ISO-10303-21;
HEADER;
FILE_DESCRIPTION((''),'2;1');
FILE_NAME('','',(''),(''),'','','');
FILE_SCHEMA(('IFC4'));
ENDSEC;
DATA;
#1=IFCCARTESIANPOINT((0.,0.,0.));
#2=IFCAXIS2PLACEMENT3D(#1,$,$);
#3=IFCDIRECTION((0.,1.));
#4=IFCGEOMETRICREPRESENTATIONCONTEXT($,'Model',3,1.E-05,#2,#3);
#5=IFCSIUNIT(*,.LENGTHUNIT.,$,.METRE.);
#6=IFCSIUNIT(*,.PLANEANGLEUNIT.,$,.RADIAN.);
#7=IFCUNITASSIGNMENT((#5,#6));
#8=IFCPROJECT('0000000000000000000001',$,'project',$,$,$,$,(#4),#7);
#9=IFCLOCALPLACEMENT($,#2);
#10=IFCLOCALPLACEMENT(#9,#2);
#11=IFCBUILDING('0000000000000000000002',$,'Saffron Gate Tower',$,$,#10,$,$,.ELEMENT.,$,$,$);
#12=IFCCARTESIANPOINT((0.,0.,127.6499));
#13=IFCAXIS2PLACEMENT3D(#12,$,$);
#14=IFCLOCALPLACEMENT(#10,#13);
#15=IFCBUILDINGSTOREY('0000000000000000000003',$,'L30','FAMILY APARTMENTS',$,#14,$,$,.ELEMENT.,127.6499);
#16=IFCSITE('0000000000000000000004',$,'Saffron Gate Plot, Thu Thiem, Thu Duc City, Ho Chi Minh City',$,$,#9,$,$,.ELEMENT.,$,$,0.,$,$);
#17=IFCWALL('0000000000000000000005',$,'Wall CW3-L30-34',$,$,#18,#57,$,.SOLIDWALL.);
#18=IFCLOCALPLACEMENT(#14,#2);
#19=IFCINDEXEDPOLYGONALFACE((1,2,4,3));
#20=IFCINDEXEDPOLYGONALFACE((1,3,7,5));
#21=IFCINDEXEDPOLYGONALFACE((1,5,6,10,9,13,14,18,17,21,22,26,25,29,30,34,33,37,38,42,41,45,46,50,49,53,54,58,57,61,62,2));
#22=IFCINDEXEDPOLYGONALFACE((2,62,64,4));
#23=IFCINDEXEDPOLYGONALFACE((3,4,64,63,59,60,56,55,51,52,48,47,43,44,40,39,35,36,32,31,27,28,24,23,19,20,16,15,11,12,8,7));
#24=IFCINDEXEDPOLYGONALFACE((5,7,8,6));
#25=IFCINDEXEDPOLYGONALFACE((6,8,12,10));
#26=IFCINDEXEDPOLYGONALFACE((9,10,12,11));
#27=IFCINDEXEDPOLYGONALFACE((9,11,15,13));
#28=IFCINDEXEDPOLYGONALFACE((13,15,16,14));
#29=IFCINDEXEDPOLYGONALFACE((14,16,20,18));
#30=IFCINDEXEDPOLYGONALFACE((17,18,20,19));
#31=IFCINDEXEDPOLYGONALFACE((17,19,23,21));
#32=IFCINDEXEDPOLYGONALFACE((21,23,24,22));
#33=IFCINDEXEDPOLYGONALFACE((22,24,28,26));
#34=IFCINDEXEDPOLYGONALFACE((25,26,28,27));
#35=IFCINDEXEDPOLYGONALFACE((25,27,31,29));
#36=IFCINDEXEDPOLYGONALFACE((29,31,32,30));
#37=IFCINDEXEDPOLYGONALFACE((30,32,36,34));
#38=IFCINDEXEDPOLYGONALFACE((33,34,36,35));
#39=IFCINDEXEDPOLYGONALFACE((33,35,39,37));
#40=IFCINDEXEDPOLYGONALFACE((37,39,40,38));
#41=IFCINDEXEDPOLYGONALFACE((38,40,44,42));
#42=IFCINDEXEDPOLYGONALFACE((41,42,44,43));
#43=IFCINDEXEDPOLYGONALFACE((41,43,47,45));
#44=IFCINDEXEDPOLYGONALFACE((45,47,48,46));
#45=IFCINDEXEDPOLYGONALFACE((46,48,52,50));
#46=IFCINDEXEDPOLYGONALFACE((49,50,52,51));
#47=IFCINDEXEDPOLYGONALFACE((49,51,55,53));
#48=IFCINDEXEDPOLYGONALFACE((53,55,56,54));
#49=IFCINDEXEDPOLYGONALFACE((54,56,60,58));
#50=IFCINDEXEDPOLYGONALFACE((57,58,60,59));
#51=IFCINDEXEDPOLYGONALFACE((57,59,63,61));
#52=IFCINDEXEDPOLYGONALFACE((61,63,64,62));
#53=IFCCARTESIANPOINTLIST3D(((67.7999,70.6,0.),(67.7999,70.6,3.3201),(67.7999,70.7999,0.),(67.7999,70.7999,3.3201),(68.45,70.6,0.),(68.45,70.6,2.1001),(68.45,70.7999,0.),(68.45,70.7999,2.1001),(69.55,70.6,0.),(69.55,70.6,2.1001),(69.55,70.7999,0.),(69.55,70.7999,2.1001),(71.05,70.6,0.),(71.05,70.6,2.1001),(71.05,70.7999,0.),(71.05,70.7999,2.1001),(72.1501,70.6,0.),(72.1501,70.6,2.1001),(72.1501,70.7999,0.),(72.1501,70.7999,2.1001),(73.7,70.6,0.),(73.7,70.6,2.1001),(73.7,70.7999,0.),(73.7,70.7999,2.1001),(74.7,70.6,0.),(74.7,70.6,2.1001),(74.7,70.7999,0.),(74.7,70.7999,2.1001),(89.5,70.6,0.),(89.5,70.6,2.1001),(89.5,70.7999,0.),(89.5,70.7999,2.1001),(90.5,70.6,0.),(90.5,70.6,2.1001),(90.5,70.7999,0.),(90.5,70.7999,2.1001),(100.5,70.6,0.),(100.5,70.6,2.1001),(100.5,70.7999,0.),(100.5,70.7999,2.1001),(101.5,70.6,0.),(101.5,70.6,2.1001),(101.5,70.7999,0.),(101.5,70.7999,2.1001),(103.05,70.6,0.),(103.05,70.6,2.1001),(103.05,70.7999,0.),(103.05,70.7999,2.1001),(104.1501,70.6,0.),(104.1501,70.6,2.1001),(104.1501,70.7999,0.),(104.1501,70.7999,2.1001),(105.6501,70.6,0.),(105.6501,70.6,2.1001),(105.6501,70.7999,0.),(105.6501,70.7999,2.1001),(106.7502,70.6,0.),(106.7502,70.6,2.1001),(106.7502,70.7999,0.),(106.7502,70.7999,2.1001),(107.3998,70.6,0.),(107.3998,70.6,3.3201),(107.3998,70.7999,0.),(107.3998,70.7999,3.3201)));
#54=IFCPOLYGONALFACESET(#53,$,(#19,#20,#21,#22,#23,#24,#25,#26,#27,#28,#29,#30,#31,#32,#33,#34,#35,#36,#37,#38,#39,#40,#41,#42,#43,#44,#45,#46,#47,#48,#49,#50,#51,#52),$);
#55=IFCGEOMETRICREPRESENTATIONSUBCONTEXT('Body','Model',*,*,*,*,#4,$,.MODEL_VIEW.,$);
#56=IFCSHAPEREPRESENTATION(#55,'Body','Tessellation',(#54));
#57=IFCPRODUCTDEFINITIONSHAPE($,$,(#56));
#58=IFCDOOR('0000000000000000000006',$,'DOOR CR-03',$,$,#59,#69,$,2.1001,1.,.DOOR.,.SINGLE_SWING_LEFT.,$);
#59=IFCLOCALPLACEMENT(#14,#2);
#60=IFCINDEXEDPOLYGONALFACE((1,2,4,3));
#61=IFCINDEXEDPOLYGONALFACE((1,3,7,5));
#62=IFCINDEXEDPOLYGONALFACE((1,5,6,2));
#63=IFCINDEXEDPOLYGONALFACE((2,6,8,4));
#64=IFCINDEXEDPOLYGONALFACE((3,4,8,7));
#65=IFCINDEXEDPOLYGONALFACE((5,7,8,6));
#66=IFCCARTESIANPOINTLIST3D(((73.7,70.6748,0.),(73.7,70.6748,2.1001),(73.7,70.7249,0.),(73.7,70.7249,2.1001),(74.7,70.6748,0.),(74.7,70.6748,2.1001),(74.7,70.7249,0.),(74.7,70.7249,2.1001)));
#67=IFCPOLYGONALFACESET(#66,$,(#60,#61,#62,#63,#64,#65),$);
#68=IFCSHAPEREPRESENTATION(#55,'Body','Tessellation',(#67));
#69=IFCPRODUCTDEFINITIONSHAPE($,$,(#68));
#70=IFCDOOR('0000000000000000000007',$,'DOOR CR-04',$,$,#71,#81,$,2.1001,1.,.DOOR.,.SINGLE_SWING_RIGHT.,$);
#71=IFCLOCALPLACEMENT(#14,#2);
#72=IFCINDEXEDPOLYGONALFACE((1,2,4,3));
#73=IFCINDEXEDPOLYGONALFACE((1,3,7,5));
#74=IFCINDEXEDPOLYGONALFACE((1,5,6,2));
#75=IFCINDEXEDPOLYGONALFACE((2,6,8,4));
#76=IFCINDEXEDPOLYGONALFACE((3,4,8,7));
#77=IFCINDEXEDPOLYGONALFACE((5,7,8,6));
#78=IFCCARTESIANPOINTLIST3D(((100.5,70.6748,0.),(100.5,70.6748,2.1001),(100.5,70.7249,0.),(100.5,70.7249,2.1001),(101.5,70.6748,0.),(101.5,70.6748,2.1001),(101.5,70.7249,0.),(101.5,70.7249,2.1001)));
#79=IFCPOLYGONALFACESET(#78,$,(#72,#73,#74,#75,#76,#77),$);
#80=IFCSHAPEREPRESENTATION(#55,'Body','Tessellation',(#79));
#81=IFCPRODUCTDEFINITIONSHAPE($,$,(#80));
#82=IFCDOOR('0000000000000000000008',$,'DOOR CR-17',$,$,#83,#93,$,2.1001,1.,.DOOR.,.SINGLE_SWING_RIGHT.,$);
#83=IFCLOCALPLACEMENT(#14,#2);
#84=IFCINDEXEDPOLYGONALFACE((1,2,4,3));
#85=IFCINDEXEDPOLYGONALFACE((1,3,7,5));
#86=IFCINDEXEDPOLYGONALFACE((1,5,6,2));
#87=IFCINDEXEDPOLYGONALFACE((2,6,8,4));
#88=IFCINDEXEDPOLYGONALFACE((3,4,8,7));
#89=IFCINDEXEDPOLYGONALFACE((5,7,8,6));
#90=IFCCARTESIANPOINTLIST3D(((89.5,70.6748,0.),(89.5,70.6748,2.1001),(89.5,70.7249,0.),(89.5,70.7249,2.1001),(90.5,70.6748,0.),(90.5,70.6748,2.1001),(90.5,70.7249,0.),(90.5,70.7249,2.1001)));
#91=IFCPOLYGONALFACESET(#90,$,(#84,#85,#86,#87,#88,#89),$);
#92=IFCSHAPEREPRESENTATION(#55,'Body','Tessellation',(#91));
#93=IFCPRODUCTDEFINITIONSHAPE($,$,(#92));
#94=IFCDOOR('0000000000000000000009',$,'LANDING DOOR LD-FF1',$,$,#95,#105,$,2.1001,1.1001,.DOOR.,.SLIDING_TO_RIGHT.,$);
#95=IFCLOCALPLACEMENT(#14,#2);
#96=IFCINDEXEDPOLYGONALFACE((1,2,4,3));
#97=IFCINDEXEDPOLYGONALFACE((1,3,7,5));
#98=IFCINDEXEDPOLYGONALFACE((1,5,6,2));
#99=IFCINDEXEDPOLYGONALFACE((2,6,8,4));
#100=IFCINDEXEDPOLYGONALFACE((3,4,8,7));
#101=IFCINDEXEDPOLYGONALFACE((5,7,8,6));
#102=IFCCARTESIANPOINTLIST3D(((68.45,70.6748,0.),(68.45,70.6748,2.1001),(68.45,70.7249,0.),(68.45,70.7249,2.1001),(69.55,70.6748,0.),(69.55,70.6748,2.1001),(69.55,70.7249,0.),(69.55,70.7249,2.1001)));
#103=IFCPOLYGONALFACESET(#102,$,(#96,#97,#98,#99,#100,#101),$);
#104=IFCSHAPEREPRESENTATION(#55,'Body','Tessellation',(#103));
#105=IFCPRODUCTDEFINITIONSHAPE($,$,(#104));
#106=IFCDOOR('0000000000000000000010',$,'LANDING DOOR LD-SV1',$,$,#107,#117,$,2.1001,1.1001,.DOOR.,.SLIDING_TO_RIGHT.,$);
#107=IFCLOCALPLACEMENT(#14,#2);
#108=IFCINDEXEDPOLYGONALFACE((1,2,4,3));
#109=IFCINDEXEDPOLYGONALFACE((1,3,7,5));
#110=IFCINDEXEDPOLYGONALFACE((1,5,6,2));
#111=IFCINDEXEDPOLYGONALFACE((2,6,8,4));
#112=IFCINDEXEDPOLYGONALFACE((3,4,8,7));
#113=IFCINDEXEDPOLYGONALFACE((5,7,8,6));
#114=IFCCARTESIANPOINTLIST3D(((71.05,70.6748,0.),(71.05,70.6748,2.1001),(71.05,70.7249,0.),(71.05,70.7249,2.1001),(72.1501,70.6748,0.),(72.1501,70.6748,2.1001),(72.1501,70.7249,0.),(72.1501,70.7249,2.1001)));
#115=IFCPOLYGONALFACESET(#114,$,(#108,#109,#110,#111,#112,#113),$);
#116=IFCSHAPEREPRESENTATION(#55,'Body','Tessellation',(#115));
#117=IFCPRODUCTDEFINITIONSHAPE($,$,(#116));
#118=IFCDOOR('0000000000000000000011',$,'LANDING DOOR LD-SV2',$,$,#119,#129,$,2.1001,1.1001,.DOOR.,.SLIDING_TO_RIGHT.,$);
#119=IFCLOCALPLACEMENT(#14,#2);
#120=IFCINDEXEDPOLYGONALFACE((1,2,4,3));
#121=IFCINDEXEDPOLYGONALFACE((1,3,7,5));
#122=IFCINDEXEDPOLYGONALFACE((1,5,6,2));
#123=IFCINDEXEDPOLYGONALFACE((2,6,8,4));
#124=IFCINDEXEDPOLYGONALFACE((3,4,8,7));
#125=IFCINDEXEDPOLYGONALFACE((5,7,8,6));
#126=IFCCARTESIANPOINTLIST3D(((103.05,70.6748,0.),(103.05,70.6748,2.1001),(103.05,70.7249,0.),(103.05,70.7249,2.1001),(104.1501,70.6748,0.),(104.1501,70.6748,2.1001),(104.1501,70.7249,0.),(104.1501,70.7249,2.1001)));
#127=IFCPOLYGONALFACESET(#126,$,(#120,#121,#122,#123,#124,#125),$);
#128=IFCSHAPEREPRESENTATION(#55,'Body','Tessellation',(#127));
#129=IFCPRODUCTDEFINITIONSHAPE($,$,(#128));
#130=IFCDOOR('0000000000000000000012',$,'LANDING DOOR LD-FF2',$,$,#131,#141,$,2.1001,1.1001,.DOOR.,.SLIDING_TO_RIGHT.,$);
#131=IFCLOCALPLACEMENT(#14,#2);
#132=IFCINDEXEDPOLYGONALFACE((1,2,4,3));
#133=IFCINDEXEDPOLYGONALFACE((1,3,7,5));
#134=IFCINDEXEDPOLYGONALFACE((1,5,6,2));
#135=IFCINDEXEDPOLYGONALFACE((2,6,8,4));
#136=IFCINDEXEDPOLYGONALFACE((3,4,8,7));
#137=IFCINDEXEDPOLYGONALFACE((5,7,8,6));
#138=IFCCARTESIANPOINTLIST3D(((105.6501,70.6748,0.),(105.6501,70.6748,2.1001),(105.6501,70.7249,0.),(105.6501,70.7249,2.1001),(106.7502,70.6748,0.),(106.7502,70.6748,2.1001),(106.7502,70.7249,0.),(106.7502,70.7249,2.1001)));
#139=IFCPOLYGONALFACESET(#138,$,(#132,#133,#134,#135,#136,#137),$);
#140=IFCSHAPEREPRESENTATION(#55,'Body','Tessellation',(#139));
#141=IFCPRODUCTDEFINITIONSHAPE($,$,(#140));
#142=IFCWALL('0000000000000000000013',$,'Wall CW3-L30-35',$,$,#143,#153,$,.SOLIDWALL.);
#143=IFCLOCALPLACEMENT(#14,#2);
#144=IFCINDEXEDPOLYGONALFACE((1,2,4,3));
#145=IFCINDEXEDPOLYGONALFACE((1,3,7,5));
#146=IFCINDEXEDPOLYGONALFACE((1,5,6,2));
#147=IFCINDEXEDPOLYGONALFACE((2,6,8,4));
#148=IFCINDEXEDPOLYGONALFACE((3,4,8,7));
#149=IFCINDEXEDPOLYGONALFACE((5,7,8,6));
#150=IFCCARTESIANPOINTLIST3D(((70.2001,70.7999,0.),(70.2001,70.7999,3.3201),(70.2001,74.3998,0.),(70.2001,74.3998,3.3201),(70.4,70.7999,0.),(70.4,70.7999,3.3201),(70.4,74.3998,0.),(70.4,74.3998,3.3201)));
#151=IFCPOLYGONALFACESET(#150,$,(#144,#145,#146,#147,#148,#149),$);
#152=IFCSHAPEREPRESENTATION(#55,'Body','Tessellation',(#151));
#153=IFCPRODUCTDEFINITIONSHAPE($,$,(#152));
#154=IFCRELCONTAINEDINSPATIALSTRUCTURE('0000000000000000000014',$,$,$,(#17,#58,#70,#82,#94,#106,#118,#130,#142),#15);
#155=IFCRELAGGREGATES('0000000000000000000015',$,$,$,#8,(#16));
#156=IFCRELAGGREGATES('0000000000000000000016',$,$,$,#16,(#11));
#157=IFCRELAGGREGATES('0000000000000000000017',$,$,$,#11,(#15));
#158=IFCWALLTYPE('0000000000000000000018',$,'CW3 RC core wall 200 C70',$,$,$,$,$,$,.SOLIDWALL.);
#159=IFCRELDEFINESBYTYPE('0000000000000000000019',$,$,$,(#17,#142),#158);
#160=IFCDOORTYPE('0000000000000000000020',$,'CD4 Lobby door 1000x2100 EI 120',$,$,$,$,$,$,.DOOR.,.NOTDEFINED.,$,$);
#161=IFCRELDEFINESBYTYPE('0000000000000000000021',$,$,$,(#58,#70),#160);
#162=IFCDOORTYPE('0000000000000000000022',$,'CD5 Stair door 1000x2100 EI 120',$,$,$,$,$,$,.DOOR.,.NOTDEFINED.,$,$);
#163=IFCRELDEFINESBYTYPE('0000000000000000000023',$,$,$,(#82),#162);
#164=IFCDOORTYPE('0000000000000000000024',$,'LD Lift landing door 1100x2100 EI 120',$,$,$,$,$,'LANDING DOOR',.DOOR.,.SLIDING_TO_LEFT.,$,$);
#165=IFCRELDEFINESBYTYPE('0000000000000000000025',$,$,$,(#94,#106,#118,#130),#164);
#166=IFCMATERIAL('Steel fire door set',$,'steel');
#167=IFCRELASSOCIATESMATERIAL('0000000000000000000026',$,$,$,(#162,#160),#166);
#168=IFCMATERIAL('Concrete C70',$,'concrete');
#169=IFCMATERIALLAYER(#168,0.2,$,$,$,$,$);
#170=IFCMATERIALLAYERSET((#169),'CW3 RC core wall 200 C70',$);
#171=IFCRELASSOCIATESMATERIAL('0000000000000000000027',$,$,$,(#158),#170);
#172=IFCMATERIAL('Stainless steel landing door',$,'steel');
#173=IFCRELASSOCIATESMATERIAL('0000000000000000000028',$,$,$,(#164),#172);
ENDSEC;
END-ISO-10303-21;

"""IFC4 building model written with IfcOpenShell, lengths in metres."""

from ifc_helpers import new_model, si_unit, direction, frame, frame_2d, origin, place, context, subcontext, project, spatial, rectangle, extrude, material, layer, layer_set, type_object, element, fill, save


model = new_model("IFC4")

# Units and contexts
model_context = context("Model", 3, precision=1e-05, world=origin(), true_north=direction((0.0, 1.0)))
body_context = subcontext(model_context, "Body", "Model", "MODEL_VIEW")
ifc_project = project(units=[si_unit("LENGTHUNIT", "METRE"), si_unit("PLANEANGLEUNIT", "RADIAN")], contexts=[model_context])

# Site, building, storey
site_placement = place(None, origin())
site = spatial("IfcSite", under=ifc_project, at=site_placement, Name="Saffron Gate Plot, Thu Thiem, Thu Duc City, Ho Chi Minh City", CompositionType="ELEMENT", RefElevation=0.0)
building_placement = place(site_placement, origin())
building = spatial("IfcBuilding", under=site, at=building_placement, Name="Saffron Gate Tower", CompositionType="ELEMENT")
storey_placement = place(building_placement, frame((0.0, 0.0, 127.6499)))
storey = spatial("IfcBuildingStorey", under=building, at=storey_placement, Name="L30", Description="FAMILY APARTMENTS", CompositionType="ELEMENT", Elevation=127.6499)

# Shared definitions
ifc_material_1 = material(Name="Concrete C70", Category="concrete")

# Wall, openings, doors
ifc_material_2 = material(Name="Steel fire door set", Category="steel")
door_type_1 = type_object("IfcDoorType", Name="CD5 Stair door 1000x2100 EI 120", OperationType="NOTDEFINED", PredefinedType="DOOR", material=ifc_material_2)
ifc_layer_1 = layer(ifc_material_1, 0.2)
ifc_layer_set_1 = layer_set([ifc_layer_1], Name="CW3 RC core wall 200 C70")
wall_type_1 = type_object("IfcWallType", Name="CW3 RC core wall 200 C70", PredefinedType="SOLIDWALL", material=ifc_layer_set_1)
wall_1_placement = place(storey_placement, frame((67.8, 70.7, 0.0), z_axis=(0.0, 0.0, 1.0), x_axis=(1.0, 0.0, 0.0)))
wall_1 = element("IfcWall", 1, at=wall_1_placement, inside=storey, type_object=wall_type_1, Name="Wall CW3-L30-34", PredefinedType="SOLIDWALL", context=body_context, shape_type="SweptSolid", body=[
    extrude(rectangle(XDim=39.5999, YDim=0.2, at=frame_2d((19.7998, 0.0))), origin(), (0.0, 0.0, 1.0), 3.3201),
])
opening_1_placement = place(wall_1_placement, frame((0.6499, 0.0, 0.0)))
opening_1 = element("IfcOpeningElement", 2, at=opening_1_placement, cuts=wall_1, PredefinedType="OPENING", context=body_context, shape_type="SweptSolid", body=[
    extrude(rectangle(XDim=1.1001, YDim=2.1001, at=frame_2d((0.55, 1.05))), frame((0.0, 0.1099, 0.0), z_axis=(0.0, -1.0, 0.0), x_axis=(1.0, 0.0, 0.0)), (0.0, 0.0, 1.0), 0.22),
])
opening_2_placement = place(wall_1_placement, frame((3.25, 0.0, 0.0)))
opening_2 = element("IfcOpeningElement", 3, at=opening_2_placement, cuts=wall_1, PredefinedType="OPENING", context=body_context, shape_type="SweptSolid", body=[
    extrude(rectangle(XDim=1.1001, YDim=2.1001, at=frame_2d((0.55, 1.05))), frame((0.0, 0.1099, 0.0), z_axis=(0.0, -1.0, 0.0), x_axis=(1.0, 0.0, 0.0)), (0.0, 0.0, 1.0), 0.22),
])
opening_3_placement = place(wall_1_placement, frame((5.8999, 0.0, 0.0)))
opening_3 = element("IfcOpeningElement", 4, at=opening_3_placement, cuts=wall_1, PredefinedType="OPENING", context=body_context, shape_type="SweptSolid", body=[
    extrude(rectangle(XDim=1.0, YDim=2.1001, at=frame_2d((0.5, 1.05))), frame((0.0, 0.1099, 0.0), z_axis=(0.0, -1.0, 0.0), x_axis=(1.0, 0.0, 0.0)), (0.0, 0.0, 1.0), 0.22),
])
opening_4_placement = place(wall_1_placement, frame((21.7, 0.0, 0.0)))
opening_4 = element("IfcOpeningElement", 5, at=opening_4_placement, cuts=wall_1, PredefinedType="OPENING", context=body_context, shape_type="SweptSolid", body=[
    extrude(rectangle(XDim=1.0, YDim=2.1001, at=frame_2d((0.5, 1.05))), frame((0.0, 0.1099, 0.0), z_axis=(0.0, -1.0, 0.0), x_axis=(1.0, 0.0, 0.0)), (0.0, 0.0, 1.0), 0.22),
])
opening_5_placement = place(wall_1_placement, frame((32.7, 0.0, 0.0)))
opening_5 = element("IfcOpeningElement", 6, at=opening_5_placement, cuts=wall_1, PredefinedType="OPENING", context=body_context, shape_type="SweptSolid", body=[
    extrude(rectangle(XDim=1.0, YDim=2.1001, at=frame_2d((0.5, 1.05))), frame((0.0, 0.1099, 0.0), z_axis=(0.0, -1.0, 0.0), x_axis=(1.0, 0.0, 0.0)), (0.0, 0.0, 1.0), 0.22),
])
opening_6_placement = place(wall_1_placement, frame((35.25, 0.0, 0.0)))
opening_6 = element("IfcOpeningElement", 7, at=opening_6_placement, cuts=wall_1, PredefinedType="OPENING", context=body_context, shape_type="SweptSolid", body=[
    extrude(rectangle(XDim=1.1001, YDim=2.1001, at=frame_2d((0.55, 1.05))), frame((0.0, 0.1099, 0.0), z_axis=(0.0, -1.0, 0.0), x_axis=(1.0, 0.0, 0.0)), (0.0, 0.0, 1.0), 0.22),
])
opening_7_placement = place(wall_1_placement, frame((37.8501, 0.0, 0.0)))
opening_7 = element("IfcOpeningElement", 8, at=opening_7_placement, cuts=wall_1, PredefinedType="OPENING", context=body_context, shape_type="SweptSolid", body=[
    extrude(rectangle(XDim=1.1001, YDim=2.1001, at=frame_2d((0.55, 1.05))), frame((0.0, 0.1099, 0.0), z_axis=(0.0, -1.0, 0.0), x_axis=(1.0, 0.0, 0.0)), (0.0, 0.0, 1.0), 0.22),
])
door_type_2 = type_object("IfcDoorType", Name="CD4 Lobby door 1000x2100 EI 120", OperationType="NOTDEFINED", PredefinedType="DOOR", material=ifc_material_2)
door_1_placement = place(opening_3_placement, origin())
door_1 = element("IfcDoor", 9, at=door_1_placement, inside=storey, type_object=door_type_2, Name="DOOR CR-03", OperationType="SINGLE_SWING_LEFT", OverallHeight=2.1001, OverallWidth=1.0, PredefinedType="DOOR", context=body_context, shape_type="SweptSolid", body=[
    extrude(rectangle(XDim=1.0, YDim=2.1001, at=frame_2d((0.5, 1.05))), frame((0.0, 0.0249, 0.0), z_axis=(0.0, -1.0, 0.0), x_axis=(1.0, 0.0, 0.0)), (0.0, 0.0, 1.0), 0.05),
])
fill(opening_3, door_1)
door_2_placement = place(opening_5_placement, origin())
door_2 = element("IfcDoor", 10, at=door_2_placement, inside=storey, type_object=door_type_2, Name="DOOR CR-04", OperationType="SINGLE_SWING_RIGHT", OverallHeight=2.1001, OverallWidth=1.0, PredefinedType="DOOR", context=body_context, shape_type="SweptSolid", body=[
    extrude(rectangle(XDim=1.0, YDim=2.1001, at=frame_2d((0.5, 1.05))), frame((0.0, 0.0249, 0.0), z_axis=(0.0, -1.0, 0.0), x_axis=(1.0, 0.0, 0.0)), (0.0, 0.0, 1.0), 0.05),
])
fill(opening_5, door_2)
door_3_placement = place(opening_4_placement, origin())
door_3 = element("IfcDoor", 11, at=door_3_placement, inside=storey, type_object=door_type_1, Name="DOOR CR-17", OperationType="SINGLE_SWING_RIGHT", OverallHeight=2.1001, OverallWidth=1.0, PredefinedType="DOOR", context=body_context, shape_type="SweptSolid", body=[
    extrude(rectangle(XDim=1.0, YDim=2.1001, at=frame_2d((0.5, 1.05))), frame((0.0, 0.0249, 0.0), z_axis=(0.0, -1.0, 0.0), x_axis=(1.0, 0.0, 0.0)), (0.0, 0.0, 1.0), 0.05),
])
fill(opening_4, door_3)
ifc_material_3 = material(Name="Stainless steel landing door", Category="steel")
door_type_3 = type_object("IfcDoorType", Name="LD Lift landing door 1100x2100 EI 120", ElementType="LANDING DOOR", OperationType="SLIDING_TO_LEFT", PredefinedType="DOOR", material=ifc_material_3)
door_4_placement = place(opening_1_placement, origin())
door_4 = element("IfcDoor", 12, at=door_4_placement, inside=storey, type_object=door_type_3, Name="LANDING DOOR LD-FF1", OperationType="SLIDING_TO_RIGHT", OverallHeight=2.1001, OverallWidth=1.1001, PredefinedType="DOOR", context=body_context, shape_type="SweptSolid", body=[
    extrude(rectangle(XDim=1.1001, YDim=2.1001, at=frame_2d((0.55, 1.05))), frame((0.0, 0.0249, 0.0), z_axis=(0.0, -1.0, 0.0), x_axis=(1.0, 0.0, 0.0)), (0.0, 0.0, 1.0), 0.05),
])
fill(opening_1, door_4)
door_5_placement = place(opening_2_placement, origin())
door_5 = element("IfcDoor", 13, at=door_5_placement, inside=storey, type_object=door_type_3, Name="LANDING DOOR LD-SV1", OperationType="SLIDING_TO_RIGHT", OverallHeight=2.1001, OverallWidth=1.1001, PredefinedType="DOOR", context=body_context, shape_type="SweptSolid", body=[
    extrude(rectangle(XDim=1.1001, YDim=2.1001, at=frame_2d((0.55, 1.05))), frame((0.0, 0.0249, 0.0), z_axis=(0.0, -1.0, 0.0), x_axis=(1.0, 0.0, 0.0)), (0.0, 0.0, 1.0), 0.05),
])
fill(opening_2, door_5)
door_6_placement = place(opening_6_placement, origin())
door_6 = element("IfcDoor", 14, at=door_6_placement, inside=storey, type_object=door_type_3, Name="LANDING DOOR LD-SV2", OperationType="SLIDING_TO_RIGHT", OverallHeight=2.1001, OverallWidth=1.1001, PredefinedType="DOOR", context=body_context, shape_type="SweptSolid", body=[
    extrude(rectangle(XDim=1.1001, YDim=2.1001, at=frame_2d((0.55, 1.05))), frame((0.0, 0.0249, 0.0), z_axis=(0.0, -1.0, 0.0), x_axis=(1.0, 0.0, 0.0)), (0.0, 0.0, 1.0), 0.05),
])
fill(opening_6, door_6)
door_7_placement = place(opening_7_placement, origin())
door_7 = element("IfcDoor", 15, at=door_7_placement, inside=storey, type_object=door_type_3, Name="LANDING DOOR LD-FF2", OperationType="SLIDING_TO_RIGHT", OverallHeight=2.1001, OverallWidth=1.1001, PredefinedType="DOOR", context=body_context, shape_type="SweptSolid", body=[
    extrude(rectangle(XDim=1.1001, YDim=2.1001, at=frame_2d((0.55, 1.05))), frame((0.0, 0.0249, 0.0), z_axis=(0.0, -1.0, 0.0), x_axis=(1.0, 0.0, 0.0)), (0.0, 0.0, 1.0), 0.05),
])
fill(opening_7, door_7)

# Wall
wall_2_placement = place(storey_placement, frame((70.3, 70.8, 0.0), z_axis=(0.0, 0.0, 1.0), x_axis=(0.0, 1.0, 0.0)))
element("IfcWall", 16, at=wall_2_placement, inside=storey, type_object=wall_type_1, Name="Wall CW3-L30-35", PredefinedType="SOLIDWALL", context=body_context, shape_type="SweptSolid", body=[
    extrude(rectangle(XDim=3.5999, YDim=0.2, at=frame_2d((1.7998, 0.0))), origin(), (0.0, 0.0, 1.0), 3.3201),
])

save(model, "model.ifc")
